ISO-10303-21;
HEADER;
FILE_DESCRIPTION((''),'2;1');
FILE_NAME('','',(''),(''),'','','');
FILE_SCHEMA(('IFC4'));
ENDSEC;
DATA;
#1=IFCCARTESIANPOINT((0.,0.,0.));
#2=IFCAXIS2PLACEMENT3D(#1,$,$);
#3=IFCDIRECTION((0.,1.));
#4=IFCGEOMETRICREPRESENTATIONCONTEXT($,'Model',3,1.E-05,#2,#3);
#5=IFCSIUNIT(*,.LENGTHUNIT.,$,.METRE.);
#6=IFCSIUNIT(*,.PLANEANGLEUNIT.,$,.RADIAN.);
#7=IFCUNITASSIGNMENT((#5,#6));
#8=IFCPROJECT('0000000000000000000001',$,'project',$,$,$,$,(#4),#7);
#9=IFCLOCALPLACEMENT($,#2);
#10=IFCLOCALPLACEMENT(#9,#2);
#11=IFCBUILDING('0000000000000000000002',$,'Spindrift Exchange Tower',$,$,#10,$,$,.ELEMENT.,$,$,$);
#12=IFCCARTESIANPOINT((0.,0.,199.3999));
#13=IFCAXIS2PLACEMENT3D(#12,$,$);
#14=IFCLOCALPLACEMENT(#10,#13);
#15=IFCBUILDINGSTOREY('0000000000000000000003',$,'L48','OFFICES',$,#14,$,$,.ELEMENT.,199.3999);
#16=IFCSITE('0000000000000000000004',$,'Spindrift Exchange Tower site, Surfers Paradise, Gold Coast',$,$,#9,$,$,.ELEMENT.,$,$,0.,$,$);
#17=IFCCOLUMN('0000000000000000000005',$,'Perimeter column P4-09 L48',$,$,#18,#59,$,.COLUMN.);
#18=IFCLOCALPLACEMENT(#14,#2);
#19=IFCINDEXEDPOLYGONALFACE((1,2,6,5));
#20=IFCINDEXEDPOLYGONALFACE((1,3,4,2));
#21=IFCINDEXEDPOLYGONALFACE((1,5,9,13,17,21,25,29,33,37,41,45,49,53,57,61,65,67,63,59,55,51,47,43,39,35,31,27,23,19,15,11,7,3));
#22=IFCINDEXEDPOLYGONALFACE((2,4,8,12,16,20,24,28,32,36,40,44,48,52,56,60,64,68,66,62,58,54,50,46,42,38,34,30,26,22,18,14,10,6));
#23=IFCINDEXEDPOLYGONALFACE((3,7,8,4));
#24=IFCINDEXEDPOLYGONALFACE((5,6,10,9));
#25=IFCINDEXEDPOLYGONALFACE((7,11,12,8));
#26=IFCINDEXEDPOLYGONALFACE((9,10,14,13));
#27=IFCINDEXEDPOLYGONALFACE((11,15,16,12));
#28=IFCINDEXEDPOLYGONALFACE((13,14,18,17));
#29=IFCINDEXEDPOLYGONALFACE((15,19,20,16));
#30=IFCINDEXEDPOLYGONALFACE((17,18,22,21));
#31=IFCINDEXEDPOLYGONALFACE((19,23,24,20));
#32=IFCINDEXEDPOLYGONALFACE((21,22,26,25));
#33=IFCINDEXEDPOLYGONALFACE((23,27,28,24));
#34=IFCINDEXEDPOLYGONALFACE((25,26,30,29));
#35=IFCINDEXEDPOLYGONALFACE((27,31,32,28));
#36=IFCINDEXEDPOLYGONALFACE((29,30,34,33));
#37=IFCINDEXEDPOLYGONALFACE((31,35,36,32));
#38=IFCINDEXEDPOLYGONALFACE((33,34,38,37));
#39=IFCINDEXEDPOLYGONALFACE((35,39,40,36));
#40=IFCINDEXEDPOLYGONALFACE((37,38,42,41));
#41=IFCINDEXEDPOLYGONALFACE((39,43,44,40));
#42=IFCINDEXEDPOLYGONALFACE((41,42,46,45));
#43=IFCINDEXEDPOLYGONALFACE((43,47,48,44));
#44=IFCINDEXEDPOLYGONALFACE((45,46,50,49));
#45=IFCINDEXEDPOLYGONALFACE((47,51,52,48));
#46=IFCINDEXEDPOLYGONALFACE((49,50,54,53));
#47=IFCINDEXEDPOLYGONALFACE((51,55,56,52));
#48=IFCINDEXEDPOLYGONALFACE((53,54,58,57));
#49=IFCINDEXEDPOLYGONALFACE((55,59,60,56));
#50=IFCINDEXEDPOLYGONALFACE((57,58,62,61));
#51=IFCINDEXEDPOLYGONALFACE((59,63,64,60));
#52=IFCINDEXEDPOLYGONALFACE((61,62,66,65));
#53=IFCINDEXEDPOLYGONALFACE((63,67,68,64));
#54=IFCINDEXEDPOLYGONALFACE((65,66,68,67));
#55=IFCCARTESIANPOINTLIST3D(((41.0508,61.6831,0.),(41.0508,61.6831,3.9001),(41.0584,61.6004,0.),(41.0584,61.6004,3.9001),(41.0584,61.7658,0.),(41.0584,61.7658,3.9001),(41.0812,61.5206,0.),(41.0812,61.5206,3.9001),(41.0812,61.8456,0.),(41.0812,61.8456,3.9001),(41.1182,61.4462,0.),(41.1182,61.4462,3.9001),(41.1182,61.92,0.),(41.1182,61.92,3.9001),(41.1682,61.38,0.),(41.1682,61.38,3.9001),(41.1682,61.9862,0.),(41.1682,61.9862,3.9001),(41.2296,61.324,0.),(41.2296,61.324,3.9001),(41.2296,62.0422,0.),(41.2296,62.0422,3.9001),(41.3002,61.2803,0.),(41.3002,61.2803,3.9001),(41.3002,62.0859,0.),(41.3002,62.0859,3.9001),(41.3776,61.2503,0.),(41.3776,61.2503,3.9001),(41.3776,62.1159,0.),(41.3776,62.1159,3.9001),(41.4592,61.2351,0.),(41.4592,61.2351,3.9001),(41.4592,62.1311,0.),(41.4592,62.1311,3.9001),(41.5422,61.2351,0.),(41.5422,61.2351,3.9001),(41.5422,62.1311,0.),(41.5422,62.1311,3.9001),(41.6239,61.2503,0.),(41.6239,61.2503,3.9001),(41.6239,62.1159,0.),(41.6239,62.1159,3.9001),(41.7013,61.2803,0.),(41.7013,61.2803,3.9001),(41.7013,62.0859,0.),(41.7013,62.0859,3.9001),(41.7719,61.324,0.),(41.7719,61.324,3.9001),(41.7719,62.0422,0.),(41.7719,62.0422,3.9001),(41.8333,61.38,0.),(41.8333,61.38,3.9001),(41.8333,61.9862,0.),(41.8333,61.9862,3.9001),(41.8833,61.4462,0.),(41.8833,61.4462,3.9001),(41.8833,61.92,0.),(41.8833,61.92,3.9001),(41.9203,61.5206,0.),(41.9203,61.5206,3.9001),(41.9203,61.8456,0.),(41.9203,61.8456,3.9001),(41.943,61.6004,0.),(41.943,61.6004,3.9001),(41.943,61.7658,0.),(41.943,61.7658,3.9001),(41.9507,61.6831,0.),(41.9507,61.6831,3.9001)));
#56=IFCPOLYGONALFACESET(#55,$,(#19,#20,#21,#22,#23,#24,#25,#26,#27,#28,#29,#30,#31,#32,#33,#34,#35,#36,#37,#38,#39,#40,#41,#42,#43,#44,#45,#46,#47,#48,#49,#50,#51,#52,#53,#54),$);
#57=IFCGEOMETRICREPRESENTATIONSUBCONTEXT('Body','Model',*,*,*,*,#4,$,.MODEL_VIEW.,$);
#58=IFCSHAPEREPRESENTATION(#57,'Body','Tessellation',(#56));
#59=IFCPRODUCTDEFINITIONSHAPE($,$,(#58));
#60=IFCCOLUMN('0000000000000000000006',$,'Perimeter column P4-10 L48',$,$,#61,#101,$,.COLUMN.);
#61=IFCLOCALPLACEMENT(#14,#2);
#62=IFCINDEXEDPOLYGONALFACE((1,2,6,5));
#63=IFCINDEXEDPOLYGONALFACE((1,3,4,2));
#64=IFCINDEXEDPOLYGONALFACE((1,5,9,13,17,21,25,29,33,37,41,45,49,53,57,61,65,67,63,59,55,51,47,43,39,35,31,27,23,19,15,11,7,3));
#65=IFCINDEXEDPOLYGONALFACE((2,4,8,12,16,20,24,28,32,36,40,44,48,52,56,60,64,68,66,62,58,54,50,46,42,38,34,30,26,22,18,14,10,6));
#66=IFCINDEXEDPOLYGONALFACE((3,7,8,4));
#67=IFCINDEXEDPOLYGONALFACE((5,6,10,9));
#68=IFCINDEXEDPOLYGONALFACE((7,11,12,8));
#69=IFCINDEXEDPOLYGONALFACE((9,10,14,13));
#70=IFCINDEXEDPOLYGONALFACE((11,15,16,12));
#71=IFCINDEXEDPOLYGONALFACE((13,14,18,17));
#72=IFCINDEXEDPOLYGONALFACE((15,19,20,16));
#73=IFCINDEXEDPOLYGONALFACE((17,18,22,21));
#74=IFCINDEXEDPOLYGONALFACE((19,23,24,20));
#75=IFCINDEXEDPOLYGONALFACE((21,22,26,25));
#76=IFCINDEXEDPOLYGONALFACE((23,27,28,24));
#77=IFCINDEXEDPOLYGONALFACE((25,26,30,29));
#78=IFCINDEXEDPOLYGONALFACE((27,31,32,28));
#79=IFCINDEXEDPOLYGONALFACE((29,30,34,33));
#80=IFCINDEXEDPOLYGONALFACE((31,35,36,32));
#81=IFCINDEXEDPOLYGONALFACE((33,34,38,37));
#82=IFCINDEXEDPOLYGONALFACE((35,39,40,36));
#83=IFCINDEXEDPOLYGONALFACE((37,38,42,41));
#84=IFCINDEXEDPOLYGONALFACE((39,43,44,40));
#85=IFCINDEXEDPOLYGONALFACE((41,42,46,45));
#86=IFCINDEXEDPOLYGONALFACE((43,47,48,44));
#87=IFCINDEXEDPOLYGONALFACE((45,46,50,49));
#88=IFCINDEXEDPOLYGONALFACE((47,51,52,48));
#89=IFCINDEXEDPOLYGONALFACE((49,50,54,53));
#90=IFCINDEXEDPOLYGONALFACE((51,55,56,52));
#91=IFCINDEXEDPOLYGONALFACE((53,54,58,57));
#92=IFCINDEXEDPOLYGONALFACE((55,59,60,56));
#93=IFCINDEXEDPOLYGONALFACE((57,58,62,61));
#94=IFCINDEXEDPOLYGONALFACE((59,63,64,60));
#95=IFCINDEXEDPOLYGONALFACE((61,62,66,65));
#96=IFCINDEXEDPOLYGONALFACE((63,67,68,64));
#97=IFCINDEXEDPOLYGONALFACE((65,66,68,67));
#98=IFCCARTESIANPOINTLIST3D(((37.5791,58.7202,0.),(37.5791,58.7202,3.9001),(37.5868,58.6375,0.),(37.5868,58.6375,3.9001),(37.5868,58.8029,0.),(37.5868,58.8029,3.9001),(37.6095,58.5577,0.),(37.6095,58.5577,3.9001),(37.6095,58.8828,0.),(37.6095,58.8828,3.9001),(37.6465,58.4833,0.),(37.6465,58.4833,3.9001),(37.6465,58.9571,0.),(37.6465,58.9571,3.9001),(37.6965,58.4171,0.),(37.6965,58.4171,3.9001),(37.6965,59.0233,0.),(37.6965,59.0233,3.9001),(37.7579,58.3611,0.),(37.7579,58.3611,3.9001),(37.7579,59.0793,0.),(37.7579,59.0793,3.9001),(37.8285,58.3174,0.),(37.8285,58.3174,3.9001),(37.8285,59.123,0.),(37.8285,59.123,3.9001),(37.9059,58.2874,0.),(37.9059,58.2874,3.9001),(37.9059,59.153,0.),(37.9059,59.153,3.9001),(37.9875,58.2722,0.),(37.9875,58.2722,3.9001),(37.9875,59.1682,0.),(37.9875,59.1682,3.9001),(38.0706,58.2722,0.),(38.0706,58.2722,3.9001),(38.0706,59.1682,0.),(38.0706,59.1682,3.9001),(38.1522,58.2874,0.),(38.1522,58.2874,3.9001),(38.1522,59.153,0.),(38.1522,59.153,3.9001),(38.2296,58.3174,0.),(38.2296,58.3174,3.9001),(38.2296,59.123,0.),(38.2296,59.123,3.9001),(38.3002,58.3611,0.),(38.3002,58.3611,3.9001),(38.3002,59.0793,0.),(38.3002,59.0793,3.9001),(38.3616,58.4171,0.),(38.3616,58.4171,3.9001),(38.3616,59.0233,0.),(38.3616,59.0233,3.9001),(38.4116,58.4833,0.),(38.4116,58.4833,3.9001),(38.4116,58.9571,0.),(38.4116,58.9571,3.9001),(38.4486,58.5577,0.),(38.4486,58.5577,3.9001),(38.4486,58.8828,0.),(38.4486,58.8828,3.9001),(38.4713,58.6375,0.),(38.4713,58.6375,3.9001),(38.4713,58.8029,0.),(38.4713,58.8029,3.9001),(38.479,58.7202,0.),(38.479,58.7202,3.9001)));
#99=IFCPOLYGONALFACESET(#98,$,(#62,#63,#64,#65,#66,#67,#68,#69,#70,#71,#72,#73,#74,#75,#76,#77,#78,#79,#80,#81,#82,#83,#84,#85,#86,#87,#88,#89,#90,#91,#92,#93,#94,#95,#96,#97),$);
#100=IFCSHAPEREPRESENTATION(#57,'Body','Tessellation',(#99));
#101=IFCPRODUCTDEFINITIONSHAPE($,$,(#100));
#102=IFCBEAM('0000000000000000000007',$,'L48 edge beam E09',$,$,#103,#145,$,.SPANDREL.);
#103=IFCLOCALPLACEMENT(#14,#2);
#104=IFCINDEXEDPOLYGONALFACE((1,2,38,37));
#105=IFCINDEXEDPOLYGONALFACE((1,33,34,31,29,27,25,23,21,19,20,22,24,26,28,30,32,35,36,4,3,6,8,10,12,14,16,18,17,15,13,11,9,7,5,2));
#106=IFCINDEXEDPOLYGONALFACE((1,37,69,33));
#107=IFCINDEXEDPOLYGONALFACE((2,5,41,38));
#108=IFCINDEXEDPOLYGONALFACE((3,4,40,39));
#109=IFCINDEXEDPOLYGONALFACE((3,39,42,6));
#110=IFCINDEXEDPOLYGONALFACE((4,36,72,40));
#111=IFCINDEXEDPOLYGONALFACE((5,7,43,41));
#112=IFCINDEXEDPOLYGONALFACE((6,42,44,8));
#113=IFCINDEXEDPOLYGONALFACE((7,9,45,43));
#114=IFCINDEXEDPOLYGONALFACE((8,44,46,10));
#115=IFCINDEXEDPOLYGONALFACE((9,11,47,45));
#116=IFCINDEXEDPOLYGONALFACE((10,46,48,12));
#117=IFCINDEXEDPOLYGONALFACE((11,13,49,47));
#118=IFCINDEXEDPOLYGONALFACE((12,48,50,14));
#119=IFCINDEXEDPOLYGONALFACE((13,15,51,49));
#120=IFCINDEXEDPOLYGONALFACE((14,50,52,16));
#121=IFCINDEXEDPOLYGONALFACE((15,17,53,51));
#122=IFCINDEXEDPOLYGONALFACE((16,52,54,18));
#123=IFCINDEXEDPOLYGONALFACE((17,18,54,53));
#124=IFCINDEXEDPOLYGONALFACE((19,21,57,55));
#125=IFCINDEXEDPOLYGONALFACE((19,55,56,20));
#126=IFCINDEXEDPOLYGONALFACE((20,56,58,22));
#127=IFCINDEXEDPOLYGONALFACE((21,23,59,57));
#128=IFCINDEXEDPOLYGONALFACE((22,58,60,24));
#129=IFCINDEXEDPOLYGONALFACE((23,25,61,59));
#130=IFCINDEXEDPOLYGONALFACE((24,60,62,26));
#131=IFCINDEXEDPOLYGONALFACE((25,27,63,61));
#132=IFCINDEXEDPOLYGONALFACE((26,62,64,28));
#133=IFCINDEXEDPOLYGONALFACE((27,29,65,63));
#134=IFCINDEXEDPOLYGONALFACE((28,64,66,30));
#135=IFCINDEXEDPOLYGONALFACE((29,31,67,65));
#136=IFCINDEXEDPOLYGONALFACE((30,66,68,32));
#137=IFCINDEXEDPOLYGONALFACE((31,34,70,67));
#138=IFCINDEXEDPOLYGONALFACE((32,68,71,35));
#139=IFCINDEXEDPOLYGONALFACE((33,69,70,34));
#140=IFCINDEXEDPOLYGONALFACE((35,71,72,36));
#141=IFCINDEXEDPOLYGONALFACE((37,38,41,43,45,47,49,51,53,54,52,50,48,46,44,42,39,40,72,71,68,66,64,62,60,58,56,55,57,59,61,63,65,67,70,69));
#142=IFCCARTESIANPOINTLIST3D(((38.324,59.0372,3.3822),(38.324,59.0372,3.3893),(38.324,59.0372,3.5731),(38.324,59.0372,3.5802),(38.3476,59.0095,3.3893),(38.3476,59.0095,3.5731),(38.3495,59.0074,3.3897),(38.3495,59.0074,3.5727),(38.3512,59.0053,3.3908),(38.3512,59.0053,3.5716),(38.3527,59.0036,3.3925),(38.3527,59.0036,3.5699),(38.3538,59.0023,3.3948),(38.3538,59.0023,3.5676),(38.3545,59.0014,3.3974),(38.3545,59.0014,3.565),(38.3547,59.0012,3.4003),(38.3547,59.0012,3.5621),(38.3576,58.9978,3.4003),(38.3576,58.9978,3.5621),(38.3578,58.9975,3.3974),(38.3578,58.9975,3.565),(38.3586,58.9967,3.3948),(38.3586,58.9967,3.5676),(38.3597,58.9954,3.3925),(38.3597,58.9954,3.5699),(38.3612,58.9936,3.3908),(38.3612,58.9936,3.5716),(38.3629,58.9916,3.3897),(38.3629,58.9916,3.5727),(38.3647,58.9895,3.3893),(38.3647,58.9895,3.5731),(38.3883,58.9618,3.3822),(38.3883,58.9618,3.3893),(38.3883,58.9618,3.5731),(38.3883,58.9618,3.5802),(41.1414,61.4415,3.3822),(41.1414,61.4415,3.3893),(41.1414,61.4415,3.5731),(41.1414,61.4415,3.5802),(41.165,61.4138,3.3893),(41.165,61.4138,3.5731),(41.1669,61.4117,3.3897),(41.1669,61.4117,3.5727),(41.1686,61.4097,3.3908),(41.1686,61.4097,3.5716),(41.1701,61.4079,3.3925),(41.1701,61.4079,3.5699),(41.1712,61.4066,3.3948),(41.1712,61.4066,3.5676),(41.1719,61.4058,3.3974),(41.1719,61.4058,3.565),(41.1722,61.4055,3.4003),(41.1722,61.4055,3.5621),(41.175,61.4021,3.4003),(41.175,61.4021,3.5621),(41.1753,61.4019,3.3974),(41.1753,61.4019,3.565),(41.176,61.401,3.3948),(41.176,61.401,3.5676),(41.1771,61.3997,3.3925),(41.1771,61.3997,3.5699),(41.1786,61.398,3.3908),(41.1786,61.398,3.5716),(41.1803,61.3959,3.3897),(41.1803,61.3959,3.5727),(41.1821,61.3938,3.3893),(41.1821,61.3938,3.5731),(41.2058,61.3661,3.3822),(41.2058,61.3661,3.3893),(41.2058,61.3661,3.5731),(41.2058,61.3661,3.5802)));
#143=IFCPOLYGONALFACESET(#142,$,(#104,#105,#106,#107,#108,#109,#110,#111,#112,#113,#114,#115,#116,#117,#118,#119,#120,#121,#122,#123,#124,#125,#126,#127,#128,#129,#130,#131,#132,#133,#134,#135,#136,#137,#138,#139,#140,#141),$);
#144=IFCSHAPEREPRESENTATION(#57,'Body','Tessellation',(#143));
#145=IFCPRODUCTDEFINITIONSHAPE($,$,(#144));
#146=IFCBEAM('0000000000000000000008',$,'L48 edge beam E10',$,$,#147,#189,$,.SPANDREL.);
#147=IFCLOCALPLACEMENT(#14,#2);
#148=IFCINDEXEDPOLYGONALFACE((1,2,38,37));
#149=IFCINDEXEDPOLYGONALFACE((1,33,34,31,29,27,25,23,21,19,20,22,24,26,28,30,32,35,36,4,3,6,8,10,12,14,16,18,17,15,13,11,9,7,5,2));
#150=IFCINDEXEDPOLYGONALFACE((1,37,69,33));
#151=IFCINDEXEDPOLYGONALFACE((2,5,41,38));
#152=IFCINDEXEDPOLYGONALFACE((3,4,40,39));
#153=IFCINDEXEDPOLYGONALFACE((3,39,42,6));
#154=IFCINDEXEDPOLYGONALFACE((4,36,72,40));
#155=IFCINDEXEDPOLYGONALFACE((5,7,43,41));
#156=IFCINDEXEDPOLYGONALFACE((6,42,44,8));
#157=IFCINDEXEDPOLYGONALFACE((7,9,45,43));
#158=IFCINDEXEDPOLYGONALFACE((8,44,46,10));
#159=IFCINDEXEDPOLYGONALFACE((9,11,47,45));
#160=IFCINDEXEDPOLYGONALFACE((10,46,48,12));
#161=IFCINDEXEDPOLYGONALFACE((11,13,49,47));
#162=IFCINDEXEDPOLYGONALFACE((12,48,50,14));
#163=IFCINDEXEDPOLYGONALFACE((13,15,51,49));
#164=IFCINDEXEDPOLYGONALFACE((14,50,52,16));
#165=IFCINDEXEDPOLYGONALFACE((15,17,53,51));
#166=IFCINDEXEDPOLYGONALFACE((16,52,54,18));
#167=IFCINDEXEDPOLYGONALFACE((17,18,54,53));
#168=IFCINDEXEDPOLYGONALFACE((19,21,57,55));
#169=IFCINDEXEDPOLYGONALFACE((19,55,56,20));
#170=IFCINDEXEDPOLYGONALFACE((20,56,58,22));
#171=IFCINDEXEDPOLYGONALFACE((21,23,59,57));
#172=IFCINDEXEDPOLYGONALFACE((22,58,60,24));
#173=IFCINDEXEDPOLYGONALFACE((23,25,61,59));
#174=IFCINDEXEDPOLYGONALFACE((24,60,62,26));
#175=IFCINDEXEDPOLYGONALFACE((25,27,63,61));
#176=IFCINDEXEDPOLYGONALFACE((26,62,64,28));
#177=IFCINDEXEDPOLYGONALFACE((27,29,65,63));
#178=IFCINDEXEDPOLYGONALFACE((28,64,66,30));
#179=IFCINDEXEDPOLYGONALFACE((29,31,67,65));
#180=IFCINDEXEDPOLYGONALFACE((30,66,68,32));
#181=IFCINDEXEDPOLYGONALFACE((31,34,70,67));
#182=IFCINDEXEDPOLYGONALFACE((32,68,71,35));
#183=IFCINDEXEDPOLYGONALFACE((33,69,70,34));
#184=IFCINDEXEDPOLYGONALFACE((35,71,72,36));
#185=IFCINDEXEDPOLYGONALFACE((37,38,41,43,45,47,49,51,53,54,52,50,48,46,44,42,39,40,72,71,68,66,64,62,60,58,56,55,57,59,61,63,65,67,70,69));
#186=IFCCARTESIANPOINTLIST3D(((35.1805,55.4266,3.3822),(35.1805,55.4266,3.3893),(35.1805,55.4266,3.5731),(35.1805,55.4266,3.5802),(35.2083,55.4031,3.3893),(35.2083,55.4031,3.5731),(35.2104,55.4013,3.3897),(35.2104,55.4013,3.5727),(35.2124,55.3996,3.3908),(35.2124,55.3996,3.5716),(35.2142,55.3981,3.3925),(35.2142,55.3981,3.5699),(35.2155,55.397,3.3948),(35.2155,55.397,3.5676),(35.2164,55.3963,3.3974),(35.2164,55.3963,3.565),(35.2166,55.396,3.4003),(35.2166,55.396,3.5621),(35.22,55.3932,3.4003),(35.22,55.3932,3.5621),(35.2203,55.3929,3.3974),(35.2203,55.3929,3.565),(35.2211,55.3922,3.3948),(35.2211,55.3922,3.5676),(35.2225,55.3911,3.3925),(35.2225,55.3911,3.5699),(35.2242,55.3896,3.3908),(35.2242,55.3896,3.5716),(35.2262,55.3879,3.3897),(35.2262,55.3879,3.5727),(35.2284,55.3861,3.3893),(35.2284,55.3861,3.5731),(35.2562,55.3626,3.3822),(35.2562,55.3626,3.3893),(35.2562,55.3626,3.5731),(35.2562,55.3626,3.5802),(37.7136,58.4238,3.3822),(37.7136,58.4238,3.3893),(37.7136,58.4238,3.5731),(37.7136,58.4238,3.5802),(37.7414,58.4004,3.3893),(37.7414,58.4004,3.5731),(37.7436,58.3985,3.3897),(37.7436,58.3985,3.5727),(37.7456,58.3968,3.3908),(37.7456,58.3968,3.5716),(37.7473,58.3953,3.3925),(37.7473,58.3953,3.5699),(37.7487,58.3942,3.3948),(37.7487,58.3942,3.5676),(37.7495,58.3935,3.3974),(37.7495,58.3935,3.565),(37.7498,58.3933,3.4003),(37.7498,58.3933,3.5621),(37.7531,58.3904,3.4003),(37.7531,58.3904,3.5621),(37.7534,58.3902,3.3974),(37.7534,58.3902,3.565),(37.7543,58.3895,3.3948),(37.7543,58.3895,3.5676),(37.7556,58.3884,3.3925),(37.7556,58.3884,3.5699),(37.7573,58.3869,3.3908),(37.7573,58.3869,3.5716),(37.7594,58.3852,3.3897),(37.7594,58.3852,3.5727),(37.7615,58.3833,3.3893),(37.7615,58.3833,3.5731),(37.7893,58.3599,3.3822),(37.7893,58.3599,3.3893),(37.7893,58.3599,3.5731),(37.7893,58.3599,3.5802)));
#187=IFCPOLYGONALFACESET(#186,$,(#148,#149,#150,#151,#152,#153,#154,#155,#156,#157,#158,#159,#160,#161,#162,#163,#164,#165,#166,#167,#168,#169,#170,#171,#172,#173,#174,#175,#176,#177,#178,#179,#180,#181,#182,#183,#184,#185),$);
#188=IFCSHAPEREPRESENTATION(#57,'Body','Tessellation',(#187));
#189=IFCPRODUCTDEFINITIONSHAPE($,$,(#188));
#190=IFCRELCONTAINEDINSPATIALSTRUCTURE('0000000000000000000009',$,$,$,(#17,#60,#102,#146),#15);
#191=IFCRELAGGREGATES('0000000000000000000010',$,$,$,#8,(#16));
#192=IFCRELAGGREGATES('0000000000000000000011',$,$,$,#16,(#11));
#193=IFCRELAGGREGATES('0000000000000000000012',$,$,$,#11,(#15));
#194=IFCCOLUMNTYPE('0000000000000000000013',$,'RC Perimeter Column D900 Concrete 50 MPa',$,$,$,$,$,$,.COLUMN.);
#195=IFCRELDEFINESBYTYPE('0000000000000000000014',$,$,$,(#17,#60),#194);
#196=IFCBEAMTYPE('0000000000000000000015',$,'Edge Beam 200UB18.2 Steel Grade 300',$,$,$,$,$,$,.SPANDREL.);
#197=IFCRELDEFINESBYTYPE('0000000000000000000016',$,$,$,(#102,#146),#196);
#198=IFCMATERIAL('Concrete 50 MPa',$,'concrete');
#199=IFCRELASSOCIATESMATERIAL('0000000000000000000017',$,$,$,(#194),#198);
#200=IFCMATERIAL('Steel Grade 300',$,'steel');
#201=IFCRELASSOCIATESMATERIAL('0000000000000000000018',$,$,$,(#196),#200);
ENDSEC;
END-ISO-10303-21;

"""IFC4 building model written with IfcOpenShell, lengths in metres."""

from ifc_helpers import new_model, si_unit, direction, frame, origin, origin_2d, place, context, subcontext, project, spatial, circle, i_section, extrude, source, transform, mapped, material, material_profile, profile_set, type_object, element, save


model = new_model("IFC4")

# Units and contexts
model_context = context("Model", 3, precision=1e-05, world=origin(), true_north=direction((0.0, 1.0)))
body_context = subcontext(model_context, "Body", "Model", "MODEL_VIEW")
ifc_project = project(units=[si_unit("LENGTHUNIT", "METRE"), si_unit("PLANEANGLEUNIT", "RADIAN")], contexts=[model_context])

# Site, building, storey
site_placement = place(None, origin())
site = spatial("IfcSite", under=ifc_project, at=site_placement, Name="Spindrift Exchange Tower site, Surfers Paradise, Gold Coast", CompositionType="ELEMENT", RefElevation=0.0)
building_placement = place(site_placement, origin())
building = spatial("IfcBuilding", under=site, at=building_placement, Name="Spindrift Exchange Tower", CompositionType="ELEMENT")
storey_placement = place(building_placement, frame((0.0, 0.0, 199.3999)))
storey = spatial("IfcBuildingStorey", under=building, at=storey_placement, Name="L48", Description="OFFICES", CompositionType="ELEMENT", Elevation=199.3999)

# Columns
ifc_material_1 = material(Name="Concrete 50 MPa", Category="concrete")
ifc_material_profile_1 = material_profile(ifc_material_1, circle(Radius=0.45, at=origin_2d()), Name="RC D900")
ifc_profile_set_1 = profile_set([ifc_material_profile_1], Name="Concrete 50 MPa")
column_type = type_object("IfcColumnType", Name="RC Perimeter Column D900 Concrete 50 MPa", PredefinedType="COLUMN", material=ifc_profile_set_1)
shared_shape_1 = source(origin(), body_context, "Body", "SweptSolid", [
    extrude(circle(Radius=0.45, at=origin_2d()), origin(), (0.0, 0.0, 1.0), 3.9001),
])
for number, where, z_axis, x_axis, name in (
    (1, (41.5007, 61.6831, 0.0), (0.0, 0.0, 1.0), (1.0, 0.0, 0.0), "Perimeter column P4-09 L48"),
    (2, (38.0291, 58.7202, 0.0), (0.0, 0.0, 1.0), (1.0, 0.0, 0.0), "Perimeter column P4-10 L48"),
):
    element("IfcColumn", number, at=place(storey_placement, frame(where, z_axis=z_axis, x_axis=x_axis)), inside=storey, type_object=column_type, Name=name, PredefinedType="COLUMN", context=body_context, shape_type="MappedRepresentation", body=[
        mapped(shared_shape_1, transform((0.0, 0.0, 0.0), scale=1.0)),
    ])

# Beams
ifc_material_2 = material(Name="Steel Grade 300", Category="steel")
ifc_material_profile_2 = material_profile(ifc_material_2, i_section(OverallWidth=0.0991, OverallDepth=0.198, WebThickness=0.0044, FlangeThickness=0.0071, FilletRadius=0.011, at=origin_2d()), Name="200UB18.2")
ifc_profile_set_2 = profile_set([ifc_material_profile_2], Name="Steel Grade 300")
beam_type_1 = type_object("IfcBeamType", Name="Edge Beam 200UB18.2 Steel Grade 300", PredefinedType="SPANDREL", material=ifc_profile_set_2)
shared_shape_2 = source(origin(), body_context, "Body", "SweptSolid", [
    extrude(i_section(OverallWidth=0.0991, OverallDepth=0.198, WebThickness=0.0044, FlangeThickness=0.0071, FilletRadius=0.011, at=origin_2d()), origin(), (0.0, 0.0, 1.0), 3.7039),
])
beam_1_placement = place(storey_placement, frame((41.1736, 61.4038, 3.4812), z_axis=(-0.760669, -0.64914, 0.0), x_axis=(0.64914, -0.760669, 0.0)))
element("IfcBeam", 3, at=beam_1_placement, inside=storey, type_object=beam_type_1, Name="L48 edge beam E09", PredefinedType="SPANDREL", context=body_context, shape_type="MappedRepresentation", body=[
    mapped(shared_shape_2, transform((0.0, 0.0, 0.0), scale=1.0)),
])
shared_shape_3 = source(origin(), body_context, "Body", "SweptSolid", [
    extrude(i_section(OverallWidth=0.0991, OverallDepth=0.198, WebThickness=0.0044, FlangeThickness=0.0071, FilletRadius=0.011, at=origin_2d()), origin(), (0.0, 0.0, 1.0), 3.9243),
])
beam_2_placement = place(storey_placement, frame((37.7515, 58.3918, 3.4812), z_axis=(-0.645499, -0.763761, 0.0), x_axis=(0.763761, -0.645499, 0.0)))
element("IfcBeam", 4, at=beam_2_placement, inside=storey, type_object=beam_type_1, Name="L48 edge beam E10", PredefinedType="SPANDREL", context=body_context, shape_type="MappedRepresentation", body=[
    mapped(shared_shape_3, transform((0.0, 0.0, 0.0), scale=1.0)),
])

save(model, "model.ifc")
